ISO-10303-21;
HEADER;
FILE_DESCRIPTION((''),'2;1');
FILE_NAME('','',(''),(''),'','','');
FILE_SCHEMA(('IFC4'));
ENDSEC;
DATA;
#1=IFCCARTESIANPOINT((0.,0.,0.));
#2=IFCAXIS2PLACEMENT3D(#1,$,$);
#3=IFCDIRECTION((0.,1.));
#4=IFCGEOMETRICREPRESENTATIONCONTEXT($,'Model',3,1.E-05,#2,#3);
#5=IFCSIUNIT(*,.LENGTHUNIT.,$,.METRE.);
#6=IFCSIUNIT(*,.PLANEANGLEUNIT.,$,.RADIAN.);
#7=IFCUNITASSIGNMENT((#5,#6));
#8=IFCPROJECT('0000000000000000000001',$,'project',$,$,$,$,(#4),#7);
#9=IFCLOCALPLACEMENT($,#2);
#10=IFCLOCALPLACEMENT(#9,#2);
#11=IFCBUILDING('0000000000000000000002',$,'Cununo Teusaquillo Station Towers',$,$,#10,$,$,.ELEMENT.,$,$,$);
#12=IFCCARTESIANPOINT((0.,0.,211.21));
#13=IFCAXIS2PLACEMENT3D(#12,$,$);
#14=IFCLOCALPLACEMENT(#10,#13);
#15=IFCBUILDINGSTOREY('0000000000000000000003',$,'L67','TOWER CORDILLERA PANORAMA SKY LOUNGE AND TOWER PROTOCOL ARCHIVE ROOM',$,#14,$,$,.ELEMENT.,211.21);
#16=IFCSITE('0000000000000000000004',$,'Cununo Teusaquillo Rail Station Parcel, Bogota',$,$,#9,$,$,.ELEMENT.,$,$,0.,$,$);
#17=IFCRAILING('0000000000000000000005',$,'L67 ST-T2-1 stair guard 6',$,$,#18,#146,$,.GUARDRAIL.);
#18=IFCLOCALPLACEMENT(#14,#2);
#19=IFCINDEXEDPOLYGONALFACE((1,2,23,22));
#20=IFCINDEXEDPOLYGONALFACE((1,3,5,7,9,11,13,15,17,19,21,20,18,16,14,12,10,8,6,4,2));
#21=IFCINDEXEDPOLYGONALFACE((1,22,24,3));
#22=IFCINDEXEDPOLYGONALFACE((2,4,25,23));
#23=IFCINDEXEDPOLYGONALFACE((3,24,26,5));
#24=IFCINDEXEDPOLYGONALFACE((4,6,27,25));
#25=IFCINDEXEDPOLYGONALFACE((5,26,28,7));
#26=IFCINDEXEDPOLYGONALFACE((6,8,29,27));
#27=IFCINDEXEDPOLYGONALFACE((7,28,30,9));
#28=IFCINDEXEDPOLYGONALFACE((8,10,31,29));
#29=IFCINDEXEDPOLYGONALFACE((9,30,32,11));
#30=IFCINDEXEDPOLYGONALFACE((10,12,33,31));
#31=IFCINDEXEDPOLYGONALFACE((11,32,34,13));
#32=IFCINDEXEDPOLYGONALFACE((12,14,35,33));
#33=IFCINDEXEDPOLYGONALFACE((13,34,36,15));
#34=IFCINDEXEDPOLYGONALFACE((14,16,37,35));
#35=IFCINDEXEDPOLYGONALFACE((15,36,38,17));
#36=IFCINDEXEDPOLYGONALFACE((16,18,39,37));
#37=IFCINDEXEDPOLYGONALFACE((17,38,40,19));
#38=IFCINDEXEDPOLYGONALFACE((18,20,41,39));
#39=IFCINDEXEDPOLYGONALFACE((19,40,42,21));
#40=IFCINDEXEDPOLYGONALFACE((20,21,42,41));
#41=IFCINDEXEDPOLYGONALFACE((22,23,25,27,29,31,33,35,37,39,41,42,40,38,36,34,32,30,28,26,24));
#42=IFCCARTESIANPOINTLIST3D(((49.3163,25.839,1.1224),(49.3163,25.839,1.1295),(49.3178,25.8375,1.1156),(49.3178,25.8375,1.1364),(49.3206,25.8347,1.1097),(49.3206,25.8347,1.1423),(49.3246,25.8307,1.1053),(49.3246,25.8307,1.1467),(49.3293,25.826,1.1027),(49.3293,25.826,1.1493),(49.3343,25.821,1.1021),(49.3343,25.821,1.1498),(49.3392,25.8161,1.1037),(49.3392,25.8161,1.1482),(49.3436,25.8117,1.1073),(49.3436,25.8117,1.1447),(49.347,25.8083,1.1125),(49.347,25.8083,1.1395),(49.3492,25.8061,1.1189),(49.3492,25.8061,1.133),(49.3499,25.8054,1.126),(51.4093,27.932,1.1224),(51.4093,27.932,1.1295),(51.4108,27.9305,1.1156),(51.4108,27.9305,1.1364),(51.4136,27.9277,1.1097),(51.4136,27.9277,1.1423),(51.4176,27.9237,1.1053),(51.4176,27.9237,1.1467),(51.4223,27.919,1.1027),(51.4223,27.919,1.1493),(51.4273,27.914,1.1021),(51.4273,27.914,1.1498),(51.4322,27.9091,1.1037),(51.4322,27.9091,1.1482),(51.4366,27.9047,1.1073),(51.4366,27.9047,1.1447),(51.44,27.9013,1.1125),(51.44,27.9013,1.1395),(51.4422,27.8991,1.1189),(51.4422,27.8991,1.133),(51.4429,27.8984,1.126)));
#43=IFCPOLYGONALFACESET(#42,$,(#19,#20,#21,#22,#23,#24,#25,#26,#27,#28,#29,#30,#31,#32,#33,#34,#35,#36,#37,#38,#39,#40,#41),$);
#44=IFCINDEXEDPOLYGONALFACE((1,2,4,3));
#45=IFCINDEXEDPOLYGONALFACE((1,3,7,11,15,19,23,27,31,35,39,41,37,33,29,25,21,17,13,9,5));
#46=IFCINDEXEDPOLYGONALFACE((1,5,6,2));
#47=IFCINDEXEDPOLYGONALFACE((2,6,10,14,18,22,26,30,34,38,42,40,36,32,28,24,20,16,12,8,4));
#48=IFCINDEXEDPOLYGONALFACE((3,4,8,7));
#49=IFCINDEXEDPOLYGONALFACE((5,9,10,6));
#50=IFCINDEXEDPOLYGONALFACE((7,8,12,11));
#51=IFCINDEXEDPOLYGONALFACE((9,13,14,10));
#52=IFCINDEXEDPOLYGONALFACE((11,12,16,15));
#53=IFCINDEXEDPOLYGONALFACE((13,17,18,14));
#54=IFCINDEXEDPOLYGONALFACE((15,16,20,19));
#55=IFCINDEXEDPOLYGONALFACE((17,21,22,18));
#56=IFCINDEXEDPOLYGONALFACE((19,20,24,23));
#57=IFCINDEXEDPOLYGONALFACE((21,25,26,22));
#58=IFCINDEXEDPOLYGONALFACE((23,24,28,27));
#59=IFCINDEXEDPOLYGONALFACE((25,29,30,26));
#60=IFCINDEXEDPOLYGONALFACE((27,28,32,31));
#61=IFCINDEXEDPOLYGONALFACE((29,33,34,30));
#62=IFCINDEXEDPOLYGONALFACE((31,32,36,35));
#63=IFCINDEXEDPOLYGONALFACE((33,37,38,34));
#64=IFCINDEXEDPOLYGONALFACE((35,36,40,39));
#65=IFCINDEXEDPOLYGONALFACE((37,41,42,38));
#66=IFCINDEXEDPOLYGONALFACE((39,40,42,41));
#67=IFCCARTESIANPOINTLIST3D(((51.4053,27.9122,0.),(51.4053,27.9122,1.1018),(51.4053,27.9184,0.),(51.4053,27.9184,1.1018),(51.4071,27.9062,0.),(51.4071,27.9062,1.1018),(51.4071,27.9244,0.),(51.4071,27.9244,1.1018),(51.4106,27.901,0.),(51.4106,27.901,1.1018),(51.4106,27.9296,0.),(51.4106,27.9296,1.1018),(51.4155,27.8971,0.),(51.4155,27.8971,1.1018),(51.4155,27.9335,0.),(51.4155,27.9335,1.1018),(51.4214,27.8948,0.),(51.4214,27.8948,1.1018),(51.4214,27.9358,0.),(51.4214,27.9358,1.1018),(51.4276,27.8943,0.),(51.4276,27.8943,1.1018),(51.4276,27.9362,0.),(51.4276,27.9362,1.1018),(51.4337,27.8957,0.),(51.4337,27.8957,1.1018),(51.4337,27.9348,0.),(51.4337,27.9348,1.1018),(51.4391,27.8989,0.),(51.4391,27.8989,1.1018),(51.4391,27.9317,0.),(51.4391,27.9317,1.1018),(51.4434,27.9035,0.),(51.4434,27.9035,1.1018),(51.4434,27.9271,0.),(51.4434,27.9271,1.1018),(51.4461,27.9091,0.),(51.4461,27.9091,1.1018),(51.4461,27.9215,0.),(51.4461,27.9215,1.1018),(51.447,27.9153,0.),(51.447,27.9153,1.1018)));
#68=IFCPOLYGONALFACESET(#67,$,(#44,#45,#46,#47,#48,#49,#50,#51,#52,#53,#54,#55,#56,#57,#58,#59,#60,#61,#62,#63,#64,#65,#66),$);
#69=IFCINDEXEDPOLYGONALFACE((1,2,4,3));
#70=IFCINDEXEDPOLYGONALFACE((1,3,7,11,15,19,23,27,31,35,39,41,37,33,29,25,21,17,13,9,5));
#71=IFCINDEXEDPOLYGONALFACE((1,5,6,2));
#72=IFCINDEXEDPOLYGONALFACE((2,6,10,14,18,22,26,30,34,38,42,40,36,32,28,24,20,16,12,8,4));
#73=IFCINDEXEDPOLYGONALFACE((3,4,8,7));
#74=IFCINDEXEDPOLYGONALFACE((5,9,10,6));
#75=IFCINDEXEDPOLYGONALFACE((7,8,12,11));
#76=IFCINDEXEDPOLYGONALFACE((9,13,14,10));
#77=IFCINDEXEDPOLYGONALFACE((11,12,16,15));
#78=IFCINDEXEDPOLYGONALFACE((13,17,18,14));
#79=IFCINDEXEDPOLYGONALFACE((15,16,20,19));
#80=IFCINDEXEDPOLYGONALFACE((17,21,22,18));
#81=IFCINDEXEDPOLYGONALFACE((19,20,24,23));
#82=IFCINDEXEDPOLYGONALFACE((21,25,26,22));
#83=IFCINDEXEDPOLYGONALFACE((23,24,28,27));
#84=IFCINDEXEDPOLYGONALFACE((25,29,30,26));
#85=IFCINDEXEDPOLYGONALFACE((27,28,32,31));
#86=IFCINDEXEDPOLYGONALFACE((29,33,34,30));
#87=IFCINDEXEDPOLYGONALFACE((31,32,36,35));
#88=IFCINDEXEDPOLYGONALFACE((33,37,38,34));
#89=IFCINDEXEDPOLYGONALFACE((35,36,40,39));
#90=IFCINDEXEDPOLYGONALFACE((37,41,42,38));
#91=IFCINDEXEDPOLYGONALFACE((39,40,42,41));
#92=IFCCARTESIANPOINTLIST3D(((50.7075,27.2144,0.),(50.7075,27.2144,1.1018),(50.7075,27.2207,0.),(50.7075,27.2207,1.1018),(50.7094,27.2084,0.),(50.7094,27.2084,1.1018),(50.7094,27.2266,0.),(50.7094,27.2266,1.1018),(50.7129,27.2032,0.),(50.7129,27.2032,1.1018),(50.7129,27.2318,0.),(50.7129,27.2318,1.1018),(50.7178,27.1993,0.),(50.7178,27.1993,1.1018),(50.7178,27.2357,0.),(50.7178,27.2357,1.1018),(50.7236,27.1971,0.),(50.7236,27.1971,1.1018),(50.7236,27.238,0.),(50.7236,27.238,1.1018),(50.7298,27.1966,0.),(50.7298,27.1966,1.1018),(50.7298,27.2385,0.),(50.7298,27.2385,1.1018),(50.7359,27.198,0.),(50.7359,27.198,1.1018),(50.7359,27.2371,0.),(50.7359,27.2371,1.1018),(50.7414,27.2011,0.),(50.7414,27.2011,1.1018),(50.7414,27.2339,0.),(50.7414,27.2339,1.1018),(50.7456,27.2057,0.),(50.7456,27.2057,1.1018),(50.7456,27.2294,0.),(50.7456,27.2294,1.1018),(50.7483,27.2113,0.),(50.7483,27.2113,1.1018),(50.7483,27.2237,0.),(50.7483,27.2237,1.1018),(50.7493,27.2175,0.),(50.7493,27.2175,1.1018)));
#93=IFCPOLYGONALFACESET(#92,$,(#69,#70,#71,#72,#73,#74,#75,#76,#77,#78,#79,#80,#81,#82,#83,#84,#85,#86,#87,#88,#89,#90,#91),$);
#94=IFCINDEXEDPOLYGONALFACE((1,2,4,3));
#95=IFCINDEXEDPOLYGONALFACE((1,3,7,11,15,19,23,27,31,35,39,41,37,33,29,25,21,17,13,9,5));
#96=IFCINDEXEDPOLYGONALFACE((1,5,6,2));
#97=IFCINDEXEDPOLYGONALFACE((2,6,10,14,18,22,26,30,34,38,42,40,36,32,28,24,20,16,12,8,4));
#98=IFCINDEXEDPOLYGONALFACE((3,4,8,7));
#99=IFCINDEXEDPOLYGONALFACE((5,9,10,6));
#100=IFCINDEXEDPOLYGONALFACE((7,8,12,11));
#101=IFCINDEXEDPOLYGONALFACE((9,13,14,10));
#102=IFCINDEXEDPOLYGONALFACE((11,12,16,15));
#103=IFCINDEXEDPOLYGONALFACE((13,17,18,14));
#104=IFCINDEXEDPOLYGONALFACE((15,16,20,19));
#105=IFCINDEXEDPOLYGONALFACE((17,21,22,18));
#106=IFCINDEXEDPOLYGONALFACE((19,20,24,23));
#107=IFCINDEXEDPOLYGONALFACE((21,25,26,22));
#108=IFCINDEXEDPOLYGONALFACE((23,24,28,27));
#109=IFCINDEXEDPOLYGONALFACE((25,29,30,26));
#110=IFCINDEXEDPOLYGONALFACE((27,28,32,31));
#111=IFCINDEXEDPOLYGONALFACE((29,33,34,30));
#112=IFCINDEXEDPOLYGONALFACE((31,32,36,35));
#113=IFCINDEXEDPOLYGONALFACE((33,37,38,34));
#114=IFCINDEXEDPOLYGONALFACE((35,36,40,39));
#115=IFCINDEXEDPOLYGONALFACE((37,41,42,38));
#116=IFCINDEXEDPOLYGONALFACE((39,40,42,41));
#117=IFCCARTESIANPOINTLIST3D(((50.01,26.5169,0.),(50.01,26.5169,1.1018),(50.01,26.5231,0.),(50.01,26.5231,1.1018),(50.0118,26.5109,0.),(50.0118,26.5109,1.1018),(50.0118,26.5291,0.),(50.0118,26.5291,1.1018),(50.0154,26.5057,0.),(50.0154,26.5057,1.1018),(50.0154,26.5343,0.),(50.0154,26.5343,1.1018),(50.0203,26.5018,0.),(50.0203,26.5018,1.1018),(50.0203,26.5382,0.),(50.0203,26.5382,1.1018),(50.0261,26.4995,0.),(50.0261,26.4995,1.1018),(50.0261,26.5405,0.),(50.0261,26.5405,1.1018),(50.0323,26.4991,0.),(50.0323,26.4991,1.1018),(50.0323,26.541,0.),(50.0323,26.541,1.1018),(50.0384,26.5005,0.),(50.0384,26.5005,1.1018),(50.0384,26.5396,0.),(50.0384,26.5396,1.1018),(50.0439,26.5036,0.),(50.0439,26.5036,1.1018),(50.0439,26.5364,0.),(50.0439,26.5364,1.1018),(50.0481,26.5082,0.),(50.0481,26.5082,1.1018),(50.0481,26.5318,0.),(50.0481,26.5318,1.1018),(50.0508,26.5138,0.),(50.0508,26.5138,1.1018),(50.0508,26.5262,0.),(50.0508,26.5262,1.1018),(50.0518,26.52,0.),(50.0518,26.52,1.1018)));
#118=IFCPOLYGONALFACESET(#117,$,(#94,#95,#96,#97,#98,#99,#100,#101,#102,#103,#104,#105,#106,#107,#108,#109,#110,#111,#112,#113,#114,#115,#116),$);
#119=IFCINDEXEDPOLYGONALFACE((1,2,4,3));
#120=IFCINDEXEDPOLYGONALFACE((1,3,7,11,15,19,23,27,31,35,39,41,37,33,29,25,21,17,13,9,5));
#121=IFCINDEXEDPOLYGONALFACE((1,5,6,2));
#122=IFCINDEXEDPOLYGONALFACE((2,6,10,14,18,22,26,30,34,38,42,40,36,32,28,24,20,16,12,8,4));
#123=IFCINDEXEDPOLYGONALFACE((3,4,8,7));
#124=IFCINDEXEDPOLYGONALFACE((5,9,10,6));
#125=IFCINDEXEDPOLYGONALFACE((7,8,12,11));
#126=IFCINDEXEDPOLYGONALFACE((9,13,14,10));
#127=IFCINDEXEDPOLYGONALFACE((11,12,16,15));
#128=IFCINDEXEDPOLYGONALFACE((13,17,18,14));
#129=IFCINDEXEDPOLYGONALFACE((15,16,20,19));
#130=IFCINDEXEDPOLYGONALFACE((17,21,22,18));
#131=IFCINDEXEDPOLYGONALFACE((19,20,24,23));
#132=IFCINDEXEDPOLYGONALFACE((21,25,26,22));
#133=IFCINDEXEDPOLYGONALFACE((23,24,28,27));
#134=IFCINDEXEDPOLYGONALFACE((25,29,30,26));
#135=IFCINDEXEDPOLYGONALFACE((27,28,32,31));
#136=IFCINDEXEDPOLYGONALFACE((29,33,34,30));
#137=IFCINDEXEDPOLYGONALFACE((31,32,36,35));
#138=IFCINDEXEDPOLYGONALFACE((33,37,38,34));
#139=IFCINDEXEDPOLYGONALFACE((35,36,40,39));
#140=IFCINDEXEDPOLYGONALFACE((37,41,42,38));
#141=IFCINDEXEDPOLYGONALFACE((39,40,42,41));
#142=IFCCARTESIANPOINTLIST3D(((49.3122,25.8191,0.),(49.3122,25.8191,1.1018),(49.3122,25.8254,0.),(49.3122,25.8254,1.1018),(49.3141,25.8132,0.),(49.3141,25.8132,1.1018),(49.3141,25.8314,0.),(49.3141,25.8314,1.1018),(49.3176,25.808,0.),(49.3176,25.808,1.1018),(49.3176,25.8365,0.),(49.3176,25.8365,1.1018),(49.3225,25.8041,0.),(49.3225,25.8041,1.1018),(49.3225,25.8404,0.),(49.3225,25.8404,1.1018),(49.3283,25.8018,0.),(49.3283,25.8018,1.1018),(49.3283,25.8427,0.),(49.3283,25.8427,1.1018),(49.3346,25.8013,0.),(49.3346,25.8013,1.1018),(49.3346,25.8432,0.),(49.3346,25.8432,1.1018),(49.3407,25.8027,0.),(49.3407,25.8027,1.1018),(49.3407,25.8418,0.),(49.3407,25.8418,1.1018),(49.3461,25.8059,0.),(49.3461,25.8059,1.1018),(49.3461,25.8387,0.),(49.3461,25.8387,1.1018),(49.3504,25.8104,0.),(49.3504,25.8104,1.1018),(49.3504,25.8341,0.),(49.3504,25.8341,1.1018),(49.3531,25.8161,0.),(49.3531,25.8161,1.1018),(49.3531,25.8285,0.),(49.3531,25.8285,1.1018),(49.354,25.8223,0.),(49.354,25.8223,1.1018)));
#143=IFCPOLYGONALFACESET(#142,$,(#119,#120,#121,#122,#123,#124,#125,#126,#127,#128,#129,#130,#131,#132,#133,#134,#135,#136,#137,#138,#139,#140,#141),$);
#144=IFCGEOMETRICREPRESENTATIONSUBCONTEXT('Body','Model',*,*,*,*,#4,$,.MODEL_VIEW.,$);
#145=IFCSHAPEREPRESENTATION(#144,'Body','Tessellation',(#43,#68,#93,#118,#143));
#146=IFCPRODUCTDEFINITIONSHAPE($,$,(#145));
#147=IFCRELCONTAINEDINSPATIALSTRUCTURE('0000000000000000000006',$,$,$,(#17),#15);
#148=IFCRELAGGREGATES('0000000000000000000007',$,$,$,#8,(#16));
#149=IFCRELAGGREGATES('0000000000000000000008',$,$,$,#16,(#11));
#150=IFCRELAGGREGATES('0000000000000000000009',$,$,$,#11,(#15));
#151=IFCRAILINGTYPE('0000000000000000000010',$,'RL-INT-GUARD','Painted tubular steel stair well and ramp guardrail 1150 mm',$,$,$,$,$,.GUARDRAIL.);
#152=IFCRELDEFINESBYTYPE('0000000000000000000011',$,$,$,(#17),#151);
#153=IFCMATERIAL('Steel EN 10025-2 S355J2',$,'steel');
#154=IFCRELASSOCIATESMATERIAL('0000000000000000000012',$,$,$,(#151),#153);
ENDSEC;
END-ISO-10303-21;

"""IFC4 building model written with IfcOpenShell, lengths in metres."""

from ifc_helpers import new_model, si_unit, direction, frame, origin, origin_2d, place, context, subcontext, project, spatial, circle, extrude, material, type_object, element, save


model = new_model("IFC4")

# Units and contexts
model_context = context("Model", 3, precision=1e-05, world=origin(), true_north=direction((0.0, 1.0)))
body_context = subcontext(model_context, "Body", "Model", "MODEL_VIEW")
ifc_project = project(units=[si_unit("LENGTHUNIT", "METRE"), si_unit("PLANEANGLEUNIT", "RADIAN")], contexts=[model_context])

# Site, building, storey
site_placement = place(None, origin())
site = spatial("IfcSite", under=ifc_project, at=site_placement, Name="Cununo Teusaquillo Rail Station Parcel, Bogota", CompositionType="ELEMENT", RefElevation=0.0)
building_placement = place(site_placement, origin())
building = spatial("IfcBuilding", under=site, at=building_placement, Name="Cununo Teusaquillo Station Towers", CompositionType="ELEMENT")
storey_placement = place(building_placement, frame((0.0, 0.0, 211.21)))
storey = spatial("IfcBuildingStorey", under=building, at=storey_placement, Name="L67", Description="TOWER CORDILLERA PANORAMA SKY LOUNGE AND TOWER PROTOCOL ARCHIVE ROOM", CompositionType="ELEMENT", Elevation=211.21)

# Railing
ifc_material_1 = material(Name="Steel EN 10025-2 S355J2", Category="steel")
railing_type = type_object("IfcRailingType", Name="RL-INT-GUARD", Description="Painted tubular steel stair well and ramp guardrail 1150 mm", PredefinedType="GUARDRAIL", material=ifc_material_1)
railing_1_placement = place(storey_placement, frame((51.426, 27.9153, 0.0)))
element("IfcRailing", 1, at=railing_1_placement, inside=storey, type_object=railing_type, Name="L67 ST-T2-1 stair guard 6", PredefinedType="GUARDRAIL", context=body_context, shape_type="SweptSolid", body=[
    extrude(circle(Radius=0.0239, at=origin_2d()), frame((0.0, 0.0, 1.126), z_axis=(-0.707107, -0.707107, 0.0), x_axis=(0.707107, -0.707107, 0.0)), (0.0, 0.0, 1.0), 2.96),
    extrude(circle(Radius=0.021, at=origin_2d()), origin(), (0.0, 0.0, 1.0), 1.1018),
    extrude(circle(Radius=0.021, at=origin_2d()), frame((-0.6978, -0.6978, 0.0)), (0.0, 0.0, 1.0), 1.1018),
    extrude(circle(Radius=0.021, at=origin_2d()), frame((-1.3953, -1.3953, 0.0)), (0.0, 0.0, 1.0), 1.1018),
    extrude(circle(Radius=0.021, at=origin_2d()), frame((-2.093, -2.093, 0.0)), (0.0, 0.0, 1.0), 1.1018),
])

save(model, "model.ifc")
